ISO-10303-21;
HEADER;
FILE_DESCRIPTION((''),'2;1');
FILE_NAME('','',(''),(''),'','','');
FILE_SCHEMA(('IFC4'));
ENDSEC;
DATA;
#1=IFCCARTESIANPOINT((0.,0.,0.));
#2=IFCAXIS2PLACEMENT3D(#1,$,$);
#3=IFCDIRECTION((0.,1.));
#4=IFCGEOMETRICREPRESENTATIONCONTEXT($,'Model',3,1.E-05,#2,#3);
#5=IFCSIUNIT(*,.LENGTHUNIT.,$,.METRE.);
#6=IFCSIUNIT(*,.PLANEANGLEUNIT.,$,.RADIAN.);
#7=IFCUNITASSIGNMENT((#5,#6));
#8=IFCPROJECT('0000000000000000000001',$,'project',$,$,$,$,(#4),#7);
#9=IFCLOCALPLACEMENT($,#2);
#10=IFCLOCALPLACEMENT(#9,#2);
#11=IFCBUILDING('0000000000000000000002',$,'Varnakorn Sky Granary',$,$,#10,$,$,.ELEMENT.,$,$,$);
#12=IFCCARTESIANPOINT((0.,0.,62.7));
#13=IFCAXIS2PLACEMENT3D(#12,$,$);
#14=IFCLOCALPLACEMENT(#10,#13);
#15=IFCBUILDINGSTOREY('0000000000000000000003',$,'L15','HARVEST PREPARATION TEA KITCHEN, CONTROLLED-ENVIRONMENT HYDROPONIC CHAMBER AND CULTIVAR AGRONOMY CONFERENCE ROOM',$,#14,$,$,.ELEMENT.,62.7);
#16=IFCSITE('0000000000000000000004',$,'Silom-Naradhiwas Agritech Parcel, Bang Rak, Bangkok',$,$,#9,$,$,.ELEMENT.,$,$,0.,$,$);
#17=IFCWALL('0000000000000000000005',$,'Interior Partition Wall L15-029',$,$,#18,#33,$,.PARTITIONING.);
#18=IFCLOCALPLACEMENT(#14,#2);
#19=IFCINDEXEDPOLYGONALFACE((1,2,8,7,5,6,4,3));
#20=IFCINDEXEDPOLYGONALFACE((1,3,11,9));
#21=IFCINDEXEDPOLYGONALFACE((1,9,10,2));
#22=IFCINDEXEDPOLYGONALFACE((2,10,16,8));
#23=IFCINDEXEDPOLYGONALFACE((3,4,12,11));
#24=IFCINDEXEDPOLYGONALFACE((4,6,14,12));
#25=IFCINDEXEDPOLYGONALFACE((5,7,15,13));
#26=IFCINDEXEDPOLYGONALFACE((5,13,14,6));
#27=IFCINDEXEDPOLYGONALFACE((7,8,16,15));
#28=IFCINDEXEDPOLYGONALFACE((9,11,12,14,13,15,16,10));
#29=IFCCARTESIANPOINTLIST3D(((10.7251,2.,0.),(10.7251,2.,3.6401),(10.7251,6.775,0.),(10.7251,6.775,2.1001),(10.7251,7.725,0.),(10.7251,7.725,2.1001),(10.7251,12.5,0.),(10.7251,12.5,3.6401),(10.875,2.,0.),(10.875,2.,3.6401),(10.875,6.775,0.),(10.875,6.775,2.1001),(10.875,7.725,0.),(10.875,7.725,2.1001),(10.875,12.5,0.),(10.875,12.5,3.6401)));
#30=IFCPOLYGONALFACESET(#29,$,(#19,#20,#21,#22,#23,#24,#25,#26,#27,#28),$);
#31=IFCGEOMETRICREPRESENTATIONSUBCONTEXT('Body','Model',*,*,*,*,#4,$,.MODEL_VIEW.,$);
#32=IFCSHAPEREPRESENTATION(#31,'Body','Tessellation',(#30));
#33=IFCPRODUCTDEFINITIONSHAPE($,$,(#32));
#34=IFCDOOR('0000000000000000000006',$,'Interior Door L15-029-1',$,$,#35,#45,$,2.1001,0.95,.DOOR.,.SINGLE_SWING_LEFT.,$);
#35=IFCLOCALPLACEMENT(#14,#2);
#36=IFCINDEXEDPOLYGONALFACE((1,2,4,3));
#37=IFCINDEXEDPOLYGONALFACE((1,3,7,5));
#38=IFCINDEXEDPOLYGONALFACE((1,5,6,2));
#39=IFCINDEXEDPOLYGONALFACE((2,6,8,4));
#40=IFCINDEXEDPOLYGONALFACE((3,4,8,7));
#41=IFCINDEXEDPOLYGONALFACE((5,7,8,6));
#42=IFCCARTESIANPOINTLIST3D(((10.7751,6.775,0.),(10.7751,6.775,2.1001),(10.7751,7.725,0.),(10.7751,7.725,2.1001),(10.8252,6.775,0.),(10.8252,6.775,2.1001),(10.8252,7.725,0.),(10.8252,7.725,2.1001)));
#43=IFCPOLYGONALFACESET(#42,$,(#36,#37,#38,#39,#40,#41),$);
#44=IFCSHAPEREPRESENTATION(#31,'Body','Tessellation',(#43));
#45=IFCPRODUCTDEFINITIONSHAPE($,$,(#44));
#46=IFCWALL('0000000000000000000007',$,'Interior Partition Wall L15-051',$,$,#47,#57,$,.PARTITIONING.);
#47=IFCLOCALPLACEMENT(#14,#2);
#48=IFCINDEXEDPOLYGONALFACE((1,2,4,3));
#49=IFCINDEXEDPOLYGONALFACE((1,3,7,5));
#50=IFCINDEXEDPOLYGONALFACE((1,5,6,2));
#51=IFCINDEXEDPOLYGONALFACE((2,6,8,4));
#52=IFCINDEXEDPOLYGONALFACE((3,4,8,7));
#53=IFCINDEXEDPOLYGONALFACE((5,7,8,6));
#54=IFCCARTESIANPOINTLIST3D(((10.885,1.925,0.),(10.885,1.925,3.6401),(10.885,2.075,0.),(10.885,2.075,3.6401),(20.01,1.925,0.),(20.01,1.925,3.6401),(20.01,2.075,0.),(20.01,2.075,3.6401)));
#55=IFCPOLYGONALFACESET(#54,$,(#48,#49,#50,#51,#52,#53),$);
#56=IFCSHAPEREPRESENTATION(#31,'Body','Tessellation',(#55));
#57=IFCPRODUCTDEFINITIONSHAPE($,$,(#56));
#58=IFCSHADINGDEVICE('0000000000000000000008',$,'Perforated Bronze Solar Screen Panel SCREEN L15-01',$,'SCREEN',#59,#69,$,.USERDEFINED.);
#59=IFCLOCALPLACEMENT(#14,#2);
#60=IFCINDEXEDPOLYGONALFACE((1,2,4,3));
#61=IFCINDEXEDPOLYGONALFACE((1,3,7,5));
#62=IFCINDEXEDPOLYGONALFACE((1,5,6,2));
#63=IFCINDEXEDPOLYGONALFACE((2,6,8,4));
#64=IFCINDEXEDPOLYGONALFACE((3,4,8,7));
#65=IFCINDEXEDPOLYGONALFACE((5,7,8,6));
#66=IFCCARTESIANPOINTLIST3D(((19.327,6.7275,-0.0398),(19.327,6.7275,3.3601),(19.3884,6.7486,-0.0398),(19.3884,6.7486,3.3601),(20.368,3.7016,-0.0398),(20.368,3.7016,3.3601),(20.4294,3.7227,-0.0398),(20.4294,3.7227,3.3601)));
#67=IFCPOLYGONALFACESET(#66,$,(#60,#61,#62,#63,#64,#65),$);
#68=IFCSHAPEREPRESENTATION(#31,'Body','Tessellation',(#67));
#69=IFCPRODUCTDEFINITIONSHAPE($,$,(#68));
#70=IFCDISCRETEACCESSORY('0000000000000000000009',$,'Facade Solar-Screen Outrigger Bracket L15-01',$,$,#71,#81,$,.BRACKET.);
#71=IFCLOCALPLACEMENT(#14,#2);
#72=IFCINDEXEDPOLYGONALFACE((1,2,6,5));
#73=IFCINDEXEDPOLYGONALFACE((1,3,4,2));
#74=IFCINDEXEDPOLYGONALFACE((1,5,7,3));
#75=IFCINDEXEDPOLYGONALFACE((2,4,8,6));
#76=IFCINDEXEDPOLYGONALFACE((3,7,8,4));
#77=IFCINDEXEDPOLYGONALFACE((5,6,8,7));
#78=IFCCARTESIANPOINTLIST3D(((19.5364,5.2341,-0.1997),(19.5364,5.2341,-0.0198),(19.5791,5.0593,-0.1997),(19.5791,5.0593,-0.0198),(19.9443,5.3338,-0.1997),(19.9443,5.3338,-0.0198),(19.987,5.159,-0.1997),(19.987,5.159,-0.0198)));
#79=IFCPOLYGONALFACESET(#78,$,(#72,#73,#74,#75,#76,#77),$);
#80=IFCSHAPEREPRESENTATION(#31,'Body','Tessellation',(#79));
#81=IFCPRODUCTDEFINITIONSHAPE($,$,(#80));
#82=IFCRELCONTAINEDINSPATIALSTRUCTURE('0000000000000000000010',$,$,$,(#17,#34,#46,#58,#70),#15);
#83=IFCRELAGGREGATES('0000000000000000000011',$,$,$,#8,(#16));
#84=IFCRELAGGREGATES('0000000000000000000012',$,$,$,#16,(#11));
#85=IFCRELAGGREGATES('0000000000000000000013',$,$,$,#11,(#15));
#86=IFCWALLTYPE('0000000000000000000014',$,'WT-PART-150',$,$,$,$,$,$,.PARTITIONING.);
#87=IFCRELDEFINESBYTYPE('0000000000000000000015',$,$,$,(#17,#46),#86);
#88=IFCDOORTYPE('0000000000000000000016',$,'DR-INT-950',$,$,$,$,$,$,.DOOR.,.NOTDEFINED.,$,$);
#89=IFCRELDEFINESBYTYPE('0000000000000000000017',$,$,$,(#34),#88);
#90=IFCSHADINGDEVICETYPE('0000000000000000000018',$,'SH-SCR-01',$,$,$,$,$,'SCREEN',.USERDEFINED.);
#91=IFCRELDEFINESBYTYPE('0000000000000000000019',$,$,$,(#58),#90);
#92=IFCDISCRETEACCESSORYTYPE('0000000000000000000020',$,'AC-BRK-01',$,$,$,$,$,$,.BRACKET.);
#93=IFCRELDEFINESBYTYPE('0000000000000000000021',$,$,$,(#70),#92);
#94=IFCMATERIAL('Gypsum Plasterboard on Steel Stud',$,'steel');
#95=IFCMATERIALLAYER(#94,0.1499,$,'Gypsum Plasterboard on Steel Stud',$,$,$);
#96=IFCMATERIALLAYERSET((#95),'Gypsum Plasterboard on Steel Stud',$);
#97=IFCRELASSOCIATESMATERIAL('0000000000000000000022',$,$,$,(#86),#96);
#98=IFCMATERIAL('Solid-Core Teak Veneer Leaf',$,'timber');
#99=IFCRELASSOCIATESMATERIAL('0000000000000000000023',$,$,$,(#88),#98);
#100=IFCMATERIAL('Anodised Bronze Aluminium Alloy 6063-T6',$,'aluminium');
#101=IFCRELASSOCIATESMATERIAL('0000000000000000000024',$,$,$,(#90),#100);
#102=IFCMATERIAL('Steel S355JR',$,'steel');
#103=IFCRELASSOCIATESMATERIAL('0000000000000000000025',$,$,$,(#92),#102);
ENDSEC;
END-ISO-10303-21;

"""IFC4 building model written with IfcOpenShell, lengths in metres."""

from ifc_helpers import new_model, si_unit, direction, frame, frame_2d, origin, origin_2d, place, context, subcontext, project, spatial, rectangle, extrude, source, transform, mapped, material, layer, layer_set, type_object, type_shapes, element, fill, save


model = new_model("IFC4")

# Units and contexts
model_context = context("Model", 3, precision=1e-05, world=origin(), true_north=direction((0.0, 1.0)))
body_context = subcontext(model_context, "Body", "Model", "MODEL_VIEW")
ifc_project = project(units=[si_unit("LENGTHUNIT", "METRE"), si_unit("PLANEANGLEUNIT", "RADIAN")], contexts=[model_context])

# Site, building, storey
site_placement = place(None, origin())
site = spatial("IfcSite", under=ifc_project, at=site_placement, Name="Silom-Naradhiwas Agritech Parcel, Bang Rak, Bangkok", CompositionType="ELEMENT", RefElevation=0.0)
building_placement = place(site_placement, origin())
building = spatial("IfcBuilding", under=site, at=building_placement, Name="Varnakorn Sky Granary", CompositionType="ELEMENT")
storey_placement = place(building_placement, frame((0.0, 0.0, 62.7)))
storey = spatial("IfcBuildingStorey", under=building, at=storey_placement, Name="L15", Description="HARVEST PREPARATION TEA KITCHEN, CONTROLLED-ENVIRONMENT HYDROPONIC CHAMBER AND CULTIVAR AGRONOMY CONFERENCE ROOM", CompositionType="ELEMENT", Elevation=62.7)

# Shared definitions
ifc_material_1 = material(Name="Anodised Bronze Aluminium Alloy 6063-T6", Category="aluminium")

# Wall, opening, door
ifc_material_2 = material(Name="Gypsum Plasterboard on Steel Stud", Category="steel")
ifc_layer_1 = layer(ifc_material_2, 0.1499, Name="Gypsum Plasterboard on Steel Stud")
ifc_layer_set_1 = layer_set([ifc_layer_1], Name="Gypsum Plasterboard on Steel Stud")
wall_type = type_object("IfcWallType", Name="WT-PART-150", PredefinedType="PARTITIONING", material=ifc_layer_set_1)
wall_1_placement = place(storey_placement, frame((10.8, 2.0, 0.0), z_axis=(0.0, 0.0, 1.0), x_axis=(0.0, 1.0, 0.0)))
wall_1 = element("IfcWall", 1, at=wall_1_placement, inside=storey, type_object=wall_type, Name="Interior Partition Wall L15-029", PredefinedType="PARTITIONING", context=body_context, shape_type="SweptSolid", body=[
    extrude(rectangle(XDim=10.5, YDim=0.1499, at=frame_2d((5.25, 0.0))), origin(), (0.0, 0.0, 1.0), 3.6401),
])
opening_placement = place(wall_1_placement, frame((4.7749, 0.0, 0.0)))
opening = element("IfcOpeningElement", 2, at=opening_placement, cuts=wall_1, PredefinedType="OPENING", context=body_context, shape_type="SweptSolid", body=[
    extrude(rectangle(XDim=0.95, YDim=2.1001, at=frame_2d((0.4751, 1.05))), frame((0.0, 0.085, 0.0), z_axis=(0.0, -1.0, 0.0), x_axis=(1.0, 0.0, 0.0)), (0.0, 0.0, 1.0), 0.1699),
])
ifc_material_3 = material(Name="Solid-Core Teak Veneer Leaf", Category="timber")
door_type = type_object("IfcDoorType", Name="DR-INT-950", OperationType="NOTDEFINED", PredefinedType="DOOR", material=ifc_material_3)
door_placement = place(opening_placement, origin())
door = element("IfcDoor", 3, at=door_placement, inside=storey, type_object=door_type, Name="Interior Door L15-029-1", OperationType="SINGLE_SWING_LEFT", OverallHeight=2.1001, OverallWidth=0.95, PredefinedType="DOOR", context=body_context, shape_type="SweptSolid", body=[
    extrude(rectangle(XDim=0.95, YDim=2.1001, at=frame_2d((0.4751, 1.05))), frame((0.0, 0.0249, 0.0), z_axis=(0.0, -1.0, 0.0), x_axis=(1.0, 0.0, 0.0)), (0.0, 0.0, 1.0), 0.05),
])
fill(opening, door)

# Wall
wall_2_placement = place(storey_placement, frame((10.885, 2.0, 0.0), z_axis=(0.0, 0.0, 1.0), x_axis=(1.0, 0.0, 0.0)))
element("IfcWall", 4, at=wall_2_placement, inside=storey, type_object=wall_type, Name="Interior Partition Wall L15-051", PredefinedType="PARTITIONING", context=body_context, shape_type="SweptSolid", body=[
    extrude(rectangle(XDim=9.125, YDim=0.1499, at=frame_2d((4.5625, 0.0))), origin(), (0.0, 0.0, 1.0), 3.6401),
])

# Shading device
shading_device_type = type_object("IfcShadingDeviceType", Name="SH-SCR-01", ElementType="SCREEN", PredefinedType="USERDEFINED", material=ifc_material_1)
shared_shape_1 = source(origin(), body_context, "Body", "SweptSolid", [
    extrude(rectangle(XDim=3.2, YDim=0.0649, at=origin_2d()), origin(), (0.0, 0.0, 1.0), 3.3999),
])
type_shapes(shading_device_type, [shared_shape_1])
shading_device_placement = place(storey_placement, frame((19.8782, 5.2251, -0.0398), z_axis=(0.0, 0.0, 1.0), x_axis=(-0.325312, 0.945607, 0.0)))
element("IfcShadingDevice", 5, at=shading_device_placement, inside=storey, type_object=shading_device_type, Name="Perforated Bronze Solar Screen Panel SCREEN L15-01", ObjectType="SCREEN", PredefinedType="USERDEFINED", context=body_context, shape_type="MappedRepresentation", body=[
    mapped(shared_shape_1, transform((0.0, 0.0, 0.0), x_axis=(1.0, 0.0, 0.0), y_axis=(0.0, 1.0, 0.0), z_axis=(0.0, 0.0, 1.0), scale=1.0)),
])

# Discrete accessory
ifc_material_4 = material(Name="Steel S355JR", Category="steel")
discrete_accessory_type = type_object("IfcDiscreteAccessoryType", Name="AC-BRK-01", PredefinedType="BRACKET", material=ifc_material_4)
shared_shape_2 = source(origin(), body_context, "Body", "SweptSolid", [
    extrude(rectangle(XDim=0.1799, YDim=0.4199, at=origin_2d()), origin(), (0.0, 0.0, 1.0), 0.1799),
])
type_shapes(discrete_accessory_type, [shared_shape_2])
discrete_accessory_placement = place(storey_placement, frame((19.7617, 5.1965, -0.1997), z_axis=(0.0, 0.0, 1.0), x_axis=(-0.237423, 0.971406, 0.0)))
element("IfcDiscreteAccessory", 6, at=discrete_accessory_placement, inside=storey, type_object=discrete_accessory_type, Name="Facade Solar-Screen Outrigger Bracket L15-01", PredefinedType="BRACKET", context=body_context, shape_type="MappedRepresentation", body=[
    mapped(shared_shape_2, transform((0.0, 0.0, 0.0), x_axis=(1.0, 0.0, 0.0), y_axis=(0.0, 1.0, 0.0), z_axis=(0.0, 0.0, 1.0), scale=1.0)),
])

save(model, "model.ifc")
